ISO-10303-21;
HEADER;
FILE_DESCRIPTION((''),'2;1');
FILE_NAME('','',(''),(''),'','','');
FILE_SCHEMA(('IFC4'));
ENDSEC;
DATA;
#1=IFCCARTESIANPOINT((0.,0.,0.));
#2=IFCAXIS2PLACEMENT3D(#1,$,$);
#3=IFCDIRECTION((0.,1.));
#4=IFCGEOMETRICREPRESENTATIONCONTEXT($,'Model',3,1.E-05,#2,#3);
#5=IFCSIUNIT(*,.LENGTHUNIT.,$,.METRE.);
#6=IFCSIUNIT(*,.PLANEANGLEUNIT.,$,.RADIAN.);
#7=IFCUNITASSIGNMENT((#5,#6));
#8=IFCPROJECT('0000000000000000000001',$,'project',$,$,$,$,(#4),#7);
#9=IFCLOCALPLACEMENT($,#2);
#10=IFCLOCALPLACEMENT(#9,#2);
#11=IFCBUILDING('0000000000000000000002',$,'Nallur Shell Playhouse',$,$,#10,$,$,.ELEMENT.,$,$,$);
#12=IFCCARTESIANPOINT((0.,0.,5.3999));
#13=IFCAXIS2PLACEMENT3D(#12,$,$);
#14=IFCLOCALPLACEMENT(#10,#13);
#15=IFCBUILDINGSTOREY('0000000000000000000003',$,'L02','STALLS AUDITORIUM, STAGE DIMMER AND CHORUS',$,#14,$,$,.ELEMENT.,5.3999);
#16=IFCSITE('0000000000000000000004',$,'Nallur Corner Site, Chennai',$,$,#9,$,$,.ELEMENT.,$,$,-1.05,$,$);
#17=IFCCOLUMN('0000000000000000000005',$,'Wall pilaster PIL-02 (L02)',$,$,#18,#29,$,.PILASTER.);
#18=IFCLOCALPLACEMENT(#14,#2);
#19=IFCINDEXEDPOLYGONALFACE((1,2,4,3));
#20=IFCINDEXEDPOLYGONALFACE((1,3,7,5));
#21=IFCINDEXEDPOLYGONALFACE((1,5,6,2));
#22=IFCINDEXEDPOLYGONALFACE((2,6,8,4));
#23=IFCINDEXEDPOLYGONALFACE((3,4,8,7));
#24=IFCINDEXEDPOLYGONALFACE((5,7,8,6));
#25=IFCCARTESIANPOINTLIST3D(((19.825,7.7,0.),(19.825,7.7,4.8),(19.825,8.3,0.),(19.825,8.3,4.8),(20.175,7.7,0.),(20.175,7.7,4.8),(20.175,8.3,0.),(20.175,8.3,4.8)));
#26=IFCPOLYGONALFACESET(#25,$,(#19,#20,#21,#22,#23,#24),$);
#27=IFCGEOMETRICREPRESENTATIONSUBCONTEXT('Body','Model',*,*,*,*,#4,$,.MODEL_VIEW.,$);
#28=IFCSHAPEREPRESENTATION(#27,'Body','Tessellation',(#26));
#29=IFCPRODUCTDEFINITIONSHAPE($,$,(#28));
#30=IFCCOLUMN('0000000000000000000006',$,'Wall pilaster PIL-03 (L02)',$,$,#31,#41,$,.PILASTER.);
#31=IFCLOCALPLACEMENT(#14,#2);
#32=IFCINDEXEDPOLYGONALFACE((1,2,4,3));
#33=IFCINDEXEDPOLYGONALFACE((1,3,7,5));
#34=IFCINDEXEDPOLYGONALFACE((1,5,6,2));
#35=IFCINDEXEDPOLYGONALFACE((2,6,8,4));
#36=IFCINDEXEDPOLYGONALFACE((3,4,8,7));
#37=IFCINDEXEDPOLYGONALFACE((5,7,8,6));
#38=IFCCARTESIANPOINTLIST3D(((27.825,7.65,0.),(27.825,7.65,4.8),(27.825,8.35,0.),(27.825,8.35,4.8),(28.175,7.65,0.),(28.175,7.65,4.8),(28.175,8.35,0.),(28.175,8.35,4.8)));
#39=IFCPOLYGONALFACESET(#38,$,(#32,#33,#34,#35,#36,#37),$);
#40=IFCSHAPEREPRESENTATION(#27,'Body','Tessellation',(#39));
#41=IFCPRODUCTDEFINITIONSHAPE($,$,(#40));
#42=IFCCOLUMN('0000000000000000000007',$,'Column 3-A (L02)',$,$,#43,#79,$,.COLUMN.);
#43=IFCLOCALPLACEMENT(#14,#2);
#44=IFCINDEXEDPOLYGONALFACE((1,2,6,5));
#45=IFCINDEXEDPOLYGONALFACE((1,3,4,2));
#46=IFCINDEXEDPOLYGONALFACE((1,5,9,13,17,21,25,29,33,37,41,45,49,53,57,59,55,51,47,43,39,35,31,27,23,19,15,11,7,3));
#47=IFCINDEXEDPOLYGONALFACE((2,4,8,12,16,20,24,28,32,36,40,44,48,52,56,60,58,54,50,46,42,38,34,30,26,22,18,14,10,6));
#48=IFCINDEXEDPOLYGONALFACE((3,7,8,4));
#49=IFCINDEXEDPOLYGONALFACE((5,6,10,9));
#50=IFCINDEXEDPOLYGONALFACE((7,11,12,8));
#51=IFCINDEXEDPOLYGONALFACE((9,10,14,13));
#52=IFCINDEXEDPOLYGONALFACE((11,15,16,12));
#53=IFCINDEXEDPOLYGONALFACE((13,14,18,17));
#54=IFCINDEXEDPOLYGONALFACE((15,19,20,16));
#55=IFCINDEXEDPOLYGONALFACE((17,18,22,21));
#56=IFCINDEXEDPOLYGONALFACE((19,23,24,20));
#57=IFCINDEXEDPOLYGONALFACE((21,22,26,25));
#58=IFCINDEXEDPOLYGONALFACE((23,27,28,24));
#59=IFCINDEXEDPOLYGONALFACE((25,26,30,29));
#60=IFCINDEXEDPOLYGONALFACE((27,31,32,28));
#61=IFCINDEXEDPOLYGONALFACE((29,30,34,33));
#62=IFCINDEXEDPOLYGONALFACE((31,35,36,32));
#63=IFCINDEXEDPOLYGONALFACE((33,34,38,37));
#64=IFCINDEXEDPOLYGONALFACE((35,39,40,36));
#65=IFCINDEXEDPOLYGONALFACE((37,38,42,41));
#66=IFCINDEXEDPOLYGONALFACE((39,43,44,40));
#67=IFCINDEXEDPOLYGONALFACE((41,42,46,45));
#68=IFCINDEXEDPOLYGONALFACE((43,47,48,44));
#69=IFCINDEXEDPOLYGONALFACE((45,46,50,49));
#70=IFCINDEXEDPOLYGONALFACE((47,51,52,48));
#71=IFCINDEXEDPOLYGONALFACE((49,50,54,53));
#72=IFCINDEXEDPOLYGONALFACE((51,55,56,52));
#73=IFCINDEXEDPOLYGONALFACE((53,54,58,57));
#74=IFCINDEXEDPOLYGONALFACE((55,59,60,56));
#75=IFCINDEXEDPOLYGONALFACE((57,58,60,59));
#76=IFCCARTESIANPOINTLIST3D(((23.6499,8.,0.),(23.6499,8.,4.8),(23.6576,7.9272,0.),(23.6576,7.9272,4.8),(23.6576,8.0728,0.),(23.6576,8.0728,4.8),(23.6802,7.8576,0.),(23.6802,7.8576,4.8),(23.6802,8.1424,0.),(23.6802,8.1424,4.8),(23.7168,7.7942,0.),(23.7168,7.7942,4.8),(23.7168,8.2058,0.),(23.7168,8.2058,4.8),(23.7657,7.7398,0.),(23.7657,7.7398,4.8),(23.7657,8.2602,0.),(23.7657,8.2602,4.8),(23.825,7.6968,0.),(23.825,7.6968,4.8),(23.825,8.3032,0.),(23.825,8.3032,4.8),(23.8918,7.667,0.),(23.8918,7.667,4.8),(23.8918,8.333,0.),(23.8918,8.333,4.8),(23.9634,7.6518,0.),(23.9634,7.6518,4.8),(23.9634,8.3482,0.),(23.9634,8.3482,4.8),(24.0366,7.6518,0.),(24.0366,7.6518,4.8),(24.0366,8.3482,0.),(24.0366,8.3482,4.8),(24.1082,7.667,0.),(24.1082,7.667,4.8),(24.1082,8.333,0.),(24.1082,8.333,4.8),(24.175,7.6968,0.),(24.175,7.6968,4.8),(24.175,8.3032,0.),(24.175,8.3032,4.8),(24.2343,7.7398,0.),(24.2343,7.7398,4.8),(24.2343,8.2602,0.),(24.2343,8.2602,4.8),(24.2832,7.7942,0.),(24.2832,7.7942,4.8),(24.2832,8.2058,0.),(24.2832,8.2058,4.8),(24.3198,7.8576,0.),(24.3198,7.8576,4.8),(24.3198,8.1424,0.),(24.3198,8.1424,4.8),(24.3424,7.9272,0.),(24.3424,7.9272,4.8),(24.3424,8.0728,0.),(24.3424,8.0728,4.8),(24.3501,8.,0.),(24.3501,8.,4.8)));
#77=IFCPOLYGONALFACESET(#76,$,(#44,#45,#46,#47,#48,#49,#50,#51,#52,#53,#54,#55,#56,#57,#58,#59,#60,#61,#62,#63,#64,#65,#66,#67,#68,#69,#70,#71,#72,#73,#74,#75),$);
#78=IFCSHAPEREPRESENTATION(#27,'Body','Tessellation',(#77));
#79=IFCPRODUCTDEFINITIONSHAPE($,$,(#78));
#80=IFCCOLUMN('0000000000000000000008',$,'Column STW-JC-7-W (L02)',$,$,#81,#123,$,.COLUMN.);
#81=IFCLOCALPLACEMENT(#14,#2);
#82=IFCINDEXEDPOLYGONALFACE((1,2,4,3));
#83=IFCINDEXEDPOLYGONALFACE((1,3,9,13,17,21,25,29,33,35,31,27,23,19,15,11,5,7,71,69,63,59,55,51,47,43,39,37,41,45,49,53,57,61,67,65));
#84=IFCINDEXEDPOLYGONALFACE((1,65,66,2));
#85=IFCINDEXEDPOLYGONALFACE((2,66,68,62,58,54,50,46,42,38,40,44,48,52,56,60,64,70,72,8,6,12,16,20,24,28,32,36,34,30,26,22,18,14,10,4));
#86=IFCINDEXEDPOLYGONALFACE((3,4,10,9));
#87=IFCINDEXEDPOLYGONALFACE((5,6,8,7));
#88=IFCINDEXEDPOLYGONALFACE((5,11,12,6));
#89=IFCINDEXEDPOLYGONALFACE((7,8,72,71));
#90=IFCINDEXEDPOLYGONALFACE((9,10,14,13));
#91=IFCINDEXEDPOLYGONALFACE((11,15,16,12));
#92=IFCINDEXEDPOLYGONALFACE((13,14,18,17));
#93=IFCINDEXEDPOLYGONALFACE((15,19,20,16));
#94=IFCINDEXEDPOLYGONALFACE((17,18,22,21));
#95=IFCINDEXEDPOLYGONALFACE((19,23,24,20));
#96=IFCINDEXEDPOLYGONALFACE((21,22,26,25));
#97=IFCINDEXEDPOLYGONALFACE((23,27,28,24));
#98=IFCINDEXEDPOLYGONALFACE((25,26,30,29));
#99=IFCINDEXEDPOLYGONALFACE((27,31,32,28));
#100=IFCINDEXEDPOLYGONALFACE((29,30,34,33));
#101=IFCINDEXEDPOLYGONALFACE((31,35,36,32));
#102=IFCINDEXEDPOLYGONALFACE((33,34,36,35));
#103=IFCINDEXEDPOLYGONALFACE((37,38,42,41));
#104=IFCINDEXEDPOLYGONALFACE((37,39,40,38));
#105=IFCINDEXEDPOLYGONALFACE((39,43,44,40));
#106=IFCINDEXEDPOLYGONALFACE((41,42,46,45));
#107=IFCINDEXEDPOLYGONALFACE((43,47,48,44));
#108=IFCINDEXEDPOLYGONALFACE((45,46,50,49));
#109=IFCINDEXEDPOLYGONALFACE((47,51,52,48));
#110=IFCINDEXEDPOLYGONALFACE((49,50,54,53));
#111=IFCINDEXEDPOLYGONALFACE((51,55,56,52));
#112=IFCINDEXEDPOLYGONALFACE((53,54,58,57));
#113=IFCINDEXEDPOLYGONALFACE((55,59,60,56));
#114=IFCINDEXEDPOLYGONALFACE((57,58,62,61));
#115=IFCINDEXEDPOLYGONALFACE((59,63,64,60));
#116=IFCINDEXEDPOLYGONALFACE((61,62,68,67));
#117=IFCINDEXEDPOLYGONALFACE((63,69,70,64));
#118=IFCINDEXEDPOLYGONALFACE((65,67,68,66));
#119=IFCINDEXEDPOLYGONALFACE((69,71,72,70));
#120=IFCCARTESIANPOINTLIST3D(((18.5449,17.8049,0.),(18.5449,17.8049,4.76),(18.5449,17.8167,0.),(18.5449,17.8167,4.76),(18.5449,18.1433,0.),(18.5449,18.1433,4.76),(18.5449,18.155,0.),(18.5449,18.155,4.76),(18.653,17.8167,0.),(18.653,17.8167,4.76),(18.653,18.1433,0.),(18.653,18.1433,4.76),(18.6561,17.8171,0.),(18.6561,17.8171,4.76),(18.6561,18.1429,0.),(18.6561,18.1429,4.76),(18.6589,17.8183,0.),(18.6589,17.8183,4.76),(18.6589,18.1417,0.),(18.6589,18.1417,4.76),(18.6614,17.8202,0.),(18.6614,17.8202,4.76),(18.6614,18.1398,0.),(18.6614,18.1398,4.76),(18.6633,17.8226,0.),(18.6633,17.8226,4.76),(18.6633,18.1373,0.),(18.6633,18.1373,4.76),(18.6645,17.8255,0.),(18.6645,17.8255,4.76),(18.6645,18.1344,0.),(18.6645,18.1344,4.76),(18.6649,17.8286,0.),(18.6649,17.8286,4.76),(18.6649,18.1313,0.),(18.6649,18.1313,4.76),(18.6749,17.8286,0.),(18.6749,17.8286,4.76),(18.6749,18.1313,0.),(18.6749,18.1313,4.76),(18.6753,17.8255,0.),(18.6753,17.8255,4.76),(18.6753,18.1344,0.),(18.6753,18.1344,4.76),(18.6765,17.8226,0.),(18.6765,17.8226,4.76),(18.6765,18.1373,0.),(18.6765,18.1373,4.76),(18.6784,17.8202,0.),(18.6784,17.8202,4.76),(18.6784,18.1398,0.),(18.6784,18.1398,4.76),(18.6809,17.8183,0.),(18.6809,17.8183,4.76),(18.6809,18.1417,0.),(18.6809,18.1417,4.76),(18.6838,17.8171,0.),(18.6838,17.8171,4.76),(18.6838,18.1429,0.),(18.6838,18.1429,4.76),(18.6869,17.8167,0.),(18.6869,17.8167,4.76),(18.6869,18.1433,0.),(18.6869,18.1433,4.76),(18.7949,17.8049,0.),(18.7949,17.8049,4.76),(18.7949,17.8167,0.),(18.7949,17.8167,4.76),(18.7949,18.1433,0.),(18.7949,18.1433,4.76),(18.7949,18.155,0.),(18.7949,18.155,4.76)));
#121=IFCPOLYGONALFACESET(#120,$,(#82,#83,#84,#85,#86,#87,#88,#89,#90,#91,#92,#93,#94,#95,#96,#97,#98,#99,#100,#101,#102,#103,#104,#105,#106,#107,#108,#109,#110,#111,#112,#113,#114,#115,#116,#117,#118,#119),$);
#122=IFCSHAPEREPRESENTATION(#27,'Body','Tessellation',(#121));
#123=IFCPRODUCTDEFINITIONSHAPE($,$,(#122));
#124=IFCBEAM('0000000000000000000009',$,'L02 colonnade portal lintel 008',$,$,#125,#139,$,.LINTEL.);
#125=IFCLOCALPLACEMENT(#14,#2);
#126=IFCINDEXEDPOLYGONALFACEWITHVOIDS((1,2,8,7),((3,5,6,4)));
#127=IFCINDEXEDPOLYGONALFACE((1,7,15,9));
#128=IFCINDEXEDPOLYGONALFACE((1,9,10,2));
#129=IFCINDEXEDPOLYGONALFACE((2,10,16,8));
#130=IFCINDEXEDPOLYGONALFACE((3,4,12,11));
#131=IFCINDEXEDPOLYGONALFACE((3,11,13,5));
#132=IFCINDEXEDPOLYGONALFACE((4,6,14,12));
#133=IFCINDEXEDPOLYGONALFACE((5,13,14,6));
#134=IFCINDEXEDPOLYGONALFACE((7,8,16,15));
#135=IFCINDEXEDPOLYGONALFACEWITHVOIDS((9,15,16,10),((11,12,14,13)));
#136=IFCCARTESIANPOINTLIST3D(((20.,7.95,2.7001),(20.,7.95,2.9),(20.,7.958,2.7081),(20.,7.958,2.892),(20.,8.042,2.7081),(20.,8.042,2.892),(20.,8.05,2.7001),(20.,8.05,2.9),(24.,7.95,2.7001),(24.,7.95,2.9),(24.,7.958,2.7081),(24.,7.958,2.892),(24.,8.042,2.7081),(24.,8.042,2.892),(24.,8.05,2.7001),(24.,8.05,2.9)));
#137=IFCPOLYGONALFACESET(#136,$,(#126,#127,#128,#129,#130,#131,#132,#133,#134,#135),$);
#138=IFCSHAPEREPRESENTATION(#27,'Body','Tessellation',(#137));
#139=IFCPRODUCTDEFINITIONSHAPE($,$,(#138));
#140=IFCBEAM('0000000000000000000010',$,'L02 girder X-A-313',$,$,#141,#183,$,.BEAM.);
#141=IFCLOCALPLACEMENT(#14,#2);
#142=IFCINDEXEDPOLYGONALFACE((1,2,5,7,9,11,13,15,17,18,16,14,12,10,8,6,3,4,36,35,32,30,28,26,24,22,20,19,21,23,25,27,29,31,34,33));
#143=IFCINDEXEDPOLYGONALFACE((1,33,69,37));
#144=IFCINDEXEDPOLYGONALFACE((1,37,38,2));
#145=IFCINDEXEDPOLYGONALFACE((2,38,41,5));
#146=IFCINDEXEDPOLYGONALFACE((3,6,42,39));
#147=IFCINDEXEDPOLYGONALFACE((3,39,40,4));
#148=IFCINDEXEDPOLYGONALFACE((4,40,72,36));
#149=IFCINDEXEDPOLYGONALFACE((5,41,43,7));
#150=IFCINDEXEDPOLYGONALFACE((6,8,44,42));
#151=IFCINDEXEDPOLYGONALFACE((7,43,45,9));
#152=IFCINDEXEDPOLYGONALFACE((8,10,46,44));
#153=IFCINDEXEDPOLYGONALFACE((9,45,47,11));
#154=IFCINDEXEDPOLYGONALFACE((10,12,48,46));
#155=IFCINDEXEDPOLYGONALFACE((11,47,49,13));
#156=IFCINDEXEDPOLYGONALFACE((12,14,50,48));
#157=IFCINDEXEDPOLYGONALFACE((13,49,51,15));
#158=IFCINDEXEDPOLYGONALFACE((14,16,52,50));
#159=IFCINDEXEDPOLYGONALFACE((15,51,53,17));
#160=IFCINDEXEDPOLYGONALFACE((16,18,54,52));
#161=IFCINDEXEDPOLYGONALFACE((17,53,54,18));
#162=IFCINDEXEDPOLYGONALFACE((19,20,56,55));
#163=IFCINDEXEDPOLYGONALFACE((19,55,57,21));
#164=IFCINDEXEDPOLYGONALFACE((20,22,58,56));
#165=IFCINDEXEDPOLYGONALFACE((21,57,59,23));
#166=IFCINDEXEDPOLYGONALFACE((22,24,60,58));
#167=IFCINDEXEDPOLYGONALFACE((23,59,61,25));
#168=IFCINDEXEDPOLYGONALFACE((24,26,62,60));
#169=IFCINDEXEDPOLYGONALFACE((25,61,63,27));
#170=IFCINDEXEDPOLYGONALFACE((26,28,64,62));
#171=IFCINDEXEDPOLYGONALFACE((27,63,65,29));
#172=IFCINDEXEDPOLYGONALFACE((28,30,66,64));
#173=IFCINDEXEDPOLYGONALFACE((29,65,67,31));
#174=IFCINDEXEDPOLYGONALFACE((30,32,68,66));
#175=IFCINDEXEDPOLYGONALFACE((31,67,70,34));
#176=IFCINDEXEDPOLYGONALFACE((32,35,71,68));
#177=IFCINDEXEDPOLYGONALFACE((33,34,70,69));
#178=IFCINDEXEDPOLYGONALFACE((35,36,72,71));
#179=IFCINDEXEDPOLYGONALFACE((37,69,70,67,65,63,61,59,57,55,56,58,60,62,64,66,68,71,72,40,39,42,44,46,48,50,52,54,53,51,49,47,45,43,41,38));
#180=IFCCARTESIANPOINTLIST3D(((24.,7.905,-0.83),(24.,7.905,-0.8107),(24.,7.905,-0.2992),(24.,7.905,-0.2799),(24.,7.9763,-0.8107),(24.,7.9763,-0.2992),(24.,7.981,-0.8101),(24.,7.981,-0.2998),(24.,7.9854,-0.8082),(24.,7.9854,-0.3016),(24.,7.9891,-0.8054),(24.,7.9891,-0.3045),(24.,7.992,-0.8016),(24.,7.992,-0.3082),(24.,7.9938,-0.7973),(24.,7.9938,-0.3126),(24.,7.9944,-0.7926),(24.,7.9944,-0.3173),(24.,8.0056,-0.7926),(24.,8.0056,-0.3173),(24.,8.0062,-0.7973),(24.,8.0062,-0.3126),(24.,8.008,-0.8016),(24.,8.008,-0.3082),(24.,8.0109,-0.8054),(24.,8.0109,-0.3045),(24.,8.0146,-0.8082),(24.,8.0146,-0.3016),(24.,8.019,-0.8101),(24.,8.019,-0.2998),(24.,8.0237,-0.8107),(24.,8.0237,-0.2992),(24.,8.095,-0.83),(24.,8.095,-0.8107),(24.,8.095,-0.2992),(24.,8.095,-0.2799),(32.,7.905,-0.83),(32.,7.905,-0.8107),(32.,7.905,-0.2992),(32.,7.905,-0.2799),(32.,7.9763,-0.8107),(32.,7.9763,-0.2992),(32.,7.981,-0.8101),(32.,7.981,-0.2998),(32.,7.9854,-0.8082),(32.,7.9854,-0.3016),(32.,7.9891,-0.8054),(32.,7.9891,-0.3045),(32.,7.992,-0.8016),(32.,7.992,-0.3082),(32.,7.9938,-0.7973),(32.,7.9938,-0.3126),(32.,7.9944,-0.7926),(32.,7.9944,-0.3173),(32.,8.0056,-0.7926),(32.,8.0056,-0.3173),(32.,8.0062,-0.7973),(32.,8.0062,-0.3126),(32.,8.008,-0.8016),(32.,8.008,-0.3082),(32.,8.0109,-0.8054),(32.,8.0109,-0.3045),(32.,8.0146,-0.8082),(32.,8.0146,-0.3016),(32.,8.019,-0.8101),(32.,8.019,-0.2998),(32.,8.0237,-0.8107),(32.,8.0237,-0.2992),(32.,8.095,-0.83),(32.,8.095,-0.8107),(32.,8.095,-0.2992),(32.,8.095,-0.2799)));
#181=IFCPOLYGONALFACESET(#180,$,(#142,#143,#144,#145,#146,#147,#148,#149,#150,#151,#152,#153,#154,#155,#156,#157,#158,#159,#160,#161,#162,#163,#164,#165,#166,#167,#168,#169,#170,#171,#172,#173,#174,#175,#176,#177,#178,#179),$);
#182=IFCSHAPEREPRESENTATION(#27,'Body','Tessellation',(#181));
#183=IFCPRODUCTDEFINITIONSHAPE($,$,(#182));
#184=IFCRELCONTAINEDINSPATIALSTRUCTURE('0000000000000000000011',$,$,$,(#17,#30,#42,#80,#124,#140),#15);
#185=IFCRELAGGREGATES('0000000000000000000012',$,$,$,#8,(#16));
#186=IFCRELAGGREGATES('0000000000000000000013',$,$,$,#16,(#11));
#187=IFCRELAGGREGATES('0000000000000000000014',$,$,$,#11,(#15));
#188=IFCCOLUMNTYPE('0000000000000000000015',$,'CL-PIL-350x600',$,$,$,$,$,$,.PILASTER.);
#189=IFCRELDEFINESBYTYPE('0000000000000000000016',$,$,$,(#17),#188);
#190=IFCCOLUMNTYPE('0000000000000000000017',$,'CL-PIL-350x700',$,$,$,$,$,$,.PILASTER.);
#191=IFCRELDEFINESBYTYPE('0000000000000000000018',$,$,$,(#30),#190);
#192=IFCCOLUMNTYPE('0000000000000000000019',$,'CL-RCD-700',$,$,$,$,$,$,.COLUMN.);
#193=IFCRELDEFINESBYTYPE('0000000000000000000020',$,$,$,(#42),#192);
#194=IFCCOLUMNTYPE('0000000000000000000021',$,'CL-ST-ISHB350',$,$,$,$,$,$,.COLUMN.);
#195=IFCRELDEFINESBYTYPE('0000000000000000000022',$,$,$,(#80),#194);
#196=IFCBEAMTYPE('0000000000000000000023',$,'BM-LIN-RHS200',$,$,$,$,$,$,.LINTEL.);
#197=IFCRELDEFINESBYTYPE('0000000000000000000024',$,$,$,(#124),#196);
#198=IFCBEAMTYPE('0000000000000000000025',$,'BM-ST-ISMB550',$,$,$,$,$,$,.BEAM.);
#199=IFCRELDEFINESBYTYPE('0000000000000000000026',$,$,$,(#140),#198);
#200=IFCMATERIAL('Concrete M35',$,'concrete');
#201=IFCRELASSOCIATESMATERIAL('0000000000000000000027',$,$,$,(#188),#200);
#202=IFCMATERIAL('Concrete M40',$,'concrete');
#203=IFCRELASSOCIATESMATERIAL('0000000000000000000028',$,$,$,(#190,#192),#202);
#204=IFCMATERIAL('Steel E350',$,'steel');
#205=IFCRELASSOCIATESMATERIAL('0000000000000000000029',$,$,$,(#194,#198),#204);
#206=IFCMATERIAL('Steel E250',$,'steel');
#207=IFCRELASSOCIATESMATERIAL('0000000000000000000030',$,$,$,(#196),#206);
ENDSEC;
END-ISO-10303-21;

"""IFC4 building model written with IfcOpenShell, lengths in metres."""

from ifc_helpers import new_model, si_unit, direction, frame, origin, origin_2d, place, context, subcontext, project, spatial, rectangle, hollow_rectangle, circle, i_section, extrude, material, material_profile, profile_set, type_object, element, save


model = new_model("IFC4")

# Units and contexts
model_context = context("Model", 3, precision=1e-05, world=origin(), true_north=direction((0.0, 1.0)))
body_context = subcontext(model_context, "Body", "Model", "MODEL_VIEW")
ifc_project = project(units=[si_unit("LENGTHUNIT", "METRE"), si_unit("PLANEANGLEUNIT", "RADIAN")], contexts=[model_context])

# Site, building, storey
site_placement = place(None, origin())
site = spatial("IfcSite", under=ifc_project, at=site_placement, Name="Nallur Corner Site, Chennai", CompositionType="ELEMENT", RefElevation=-1.05)
building_placement = place(site_placement, origin())
building = spatial("IfcBuilding", under=site, at=building_placement, Name="Nallur Shell Playhouse", CompositionType="ELEMENT")
storey_placement = place(building_placement, frame((0.0, 0.0, 5.3999)))
storey = spatial("IfcBuildingStorey", under=building, at=storey_placement, Name="L02", Description="STALLS AUDITORIUM, STAGE DIMMER AND CHORUS", CompositionType="ELEMENT", Elevation=5.3999)

# Columns
ifc_material_1 = material(Name="Concrete M35", Category="concrete")
ifc_material_profile_1 = material_profile(ifc_material_1, rectangle(XDim=0.3501, YDim=0.6001, at=origin_2d()), Name="RC 350x600")
ifc_profile_set_1 = profile_set([ifc_material_profile_1], Name="Concrete M35")
column_type_1 = type_object("IfcColumnType", Name="CL-PIL-350x600", PredefinedType="PILASTER", material=ifc_profile_set_1)
column_1_placement = place(storey_placement, frame((20.0, 8.0, 0.0), z_axis=(0.0, 0.0, 1.0), x_axis=(1.0, 0.0, 0.0)))
element("IfcColumn", 1, at=column_1_placement, inside=storey, type_object=column_type_1, Name="Wall pilaster PIL-02 (L02)", PredefinedType="PILASTER", context=body_context, shape_type="SweptSolid", body=[
    extrude(rectangle(XDim=0.3501, YDim=0.6001, at=origin_2d()), origin(), (0.0, 0.0, 1.0), 4.8),
])
ifc_material_2 = material(Name="Concrete M40", Category="concrete")
ifc_material_profile_2 = material_profile(ifc_material_2, rectangle(XDim=0.3501, YDim=0.7, at=origin_2d()), Name="RC 350x700")
ifc_profile_set_2 = profile_set([ifc_material_profile_2], Name="Concrete M40")
column_type_2 = type_object("IfcColumnType", Name="CL-PIL-350x700", PredefinedType="PILASTER", material=ifc_profile_set_2)
column_2_placement = place(storey_placement, frame((28.0, 8.0, 0.0), z_axis=(0.0, 0.0, 1.0), x_axis=(1.0, 0.0, 0.0)))
element("IfcColumn", 2, at=column_2_placement, inside=storey, type_object=column_type_2, Name="Wall pilaster PIL-03 (L02)", PredefinedType="PILASTER", context=body_context, shape_type="SweptSolid", body=[
    extrude(rectangle(XDim=0.3501, YDim=0.7, at=origin_2d()), origin(), (0.0, 0.0, 1.0), 4.8),
])
ifc_material_profile_3 = material_profile(ifc_material_2, circle(Radius=0.3501, at=origin_2d()), Name="RC D700")
ifc_profile_set_3 = profile_set([ifc_material_profile_3], Name="Concrete M40")
column_type_3 = type_object("IfcColumnType", Name="CL-RCD-700", PredefinedType="COLUMN", material=ifc_profile_set_3)
column_3_placement = place(storey_placement, frame((24.0, 8.0, 0.0), z_axis=(0.0, 0.0, 1.0), x_axis=(1.0, 0.0, 0.0)))
element("IfcColumn", 3, at=column_3_placement, inside=storey, type_object=column_type_3, Name="Column 3-A (L02)", PredefinedType="COLUMN", context=body_context, shape_type="SweptSolid", body=[
    extrude(circle(Radius=0.3501, at=origin_2d()), origin(), (0.0, 0.0, 1.0), 4.8),
])
ifc_material_3 = material(Name="Steel E350", Category="steel")
ifc_material_profile_4 = material_profile(ifc_material_3, i_section(OverallWidth=0.25, OverallDepth=0.3501, WebThickness=0.01, FlangeThickness=0.0117, FilletRadius=0.012, at=origin_2d()), Name="ISHB 350")
ifc_profile_set_4 = profile_set([ifc_material_profile_4], Name="Steel E350")
column_type_4 = type_object("IfcColumnType", Name="CL-ST-ISHB350", PredefinedType="COLUMN", material=ifc_profile_set_4)
column_4_placement = place(storey_placement, frame((18.6699, 17.98, 0.0), z_axis=(0.0, 0.0, 1.0), x_axis=(1.0, 0.0, 0.0)))
element("IfcColumn", 4, at=column_4_placement, inside=storey, type_object=column_type_4, Name="Column STW-JC-7-W (L02)", PredefinedType="COLUMN", context=body_context, shape_type="SweptSolid", body=[
    extrude(i_section(OverallWidth=0.25, OverallDepth=0.3501, WebThickness=0.01, FlangeThickness=0.0117, FilletRadius=0.012, at=origin_2d()), origin(), (0.0, 0.0, 1.0), 4.76),
])

# Beams
ifc_material_4 = material(Name="Steel E250", Category="steel")
ifc_material_profile_5 = material_profile(ifc_material_4, hollow_rectangle(XDim=0.1001, YDim=0.2, WallThickness=0.0081, at=origin_2d()), Name="RHS 200x100x8")
ifc_profile_set_5 = profile_set([ifc_material_profile_5], Name="Steel E250")
beam_type_1 = type_object("IfcBeamType", Name="BM-LIN-RHS200", PredefinedType="LINTEL", material=ifc_profile_set_5)
beam_1_placement = place(storey_placement, frame((20.0, 8.0, 2.8), z_axis=(1.0, 0.0, 0.0), x_axis=(0.0, 1.0, 0.0)))
element("IfcBeam", 5, at=beam_1_placement, inside=storey, type_object=beam_type_1, Name="L02 colonnade portal lintel 008", PredefinedType="LINTEL", context=body_context, shape_type="SweptSolid", body=[
    extrude(hollow_rectangle(XDim=0.1001, YDim=0.2, WallThickness=0.0081, at=origin_2d()), origin(), (0.0, 0.0, 1.0), 4.0),
])
ifc_material_profile_6 = material_profile(ifc_material_3, i_section(OverallWidth=0.1899, OverallDepth=0.55, WebThickness=0.0112, FlangeThickness=0.0193, FilletRadius=0.0181, at=origin_2d()), Name="ISMB 550")
ifc_profile_set_6 = profile_set([ifc_material_profile_6], Name="Steel E350")
beam_type_2 = type_object("IfcBeamType", Name="BM-ST-ISMB550", PredefinedType="BEAM", material=ifc_profile_set_6)
beam_2_placement = place(storey_placement, frame((24.0, 8.0, -0.5549), z_axis=(1.0, 0.0, 0.0), x_axis=(0.0, 1.0, 0.0)))
element("IfcBeam", 6, at=beam_2_placement, inside=storey, type_object=beam_type_2, Name="L02 girder X-A-313", PredefinedType="BEAM", context=body_context, shape_type="SweptSolid", body=[
    extrude(i_section(OverallWidth=0.1899, OverallDepth=0.55, WebThickness=0.0112, FlangeThickness=0.0193, FilletRadius=0.0181, at=origin_2d()), origin(), (0.0, 0.0, 1.0), 8.0),
])

save(model, "model.ifc")
